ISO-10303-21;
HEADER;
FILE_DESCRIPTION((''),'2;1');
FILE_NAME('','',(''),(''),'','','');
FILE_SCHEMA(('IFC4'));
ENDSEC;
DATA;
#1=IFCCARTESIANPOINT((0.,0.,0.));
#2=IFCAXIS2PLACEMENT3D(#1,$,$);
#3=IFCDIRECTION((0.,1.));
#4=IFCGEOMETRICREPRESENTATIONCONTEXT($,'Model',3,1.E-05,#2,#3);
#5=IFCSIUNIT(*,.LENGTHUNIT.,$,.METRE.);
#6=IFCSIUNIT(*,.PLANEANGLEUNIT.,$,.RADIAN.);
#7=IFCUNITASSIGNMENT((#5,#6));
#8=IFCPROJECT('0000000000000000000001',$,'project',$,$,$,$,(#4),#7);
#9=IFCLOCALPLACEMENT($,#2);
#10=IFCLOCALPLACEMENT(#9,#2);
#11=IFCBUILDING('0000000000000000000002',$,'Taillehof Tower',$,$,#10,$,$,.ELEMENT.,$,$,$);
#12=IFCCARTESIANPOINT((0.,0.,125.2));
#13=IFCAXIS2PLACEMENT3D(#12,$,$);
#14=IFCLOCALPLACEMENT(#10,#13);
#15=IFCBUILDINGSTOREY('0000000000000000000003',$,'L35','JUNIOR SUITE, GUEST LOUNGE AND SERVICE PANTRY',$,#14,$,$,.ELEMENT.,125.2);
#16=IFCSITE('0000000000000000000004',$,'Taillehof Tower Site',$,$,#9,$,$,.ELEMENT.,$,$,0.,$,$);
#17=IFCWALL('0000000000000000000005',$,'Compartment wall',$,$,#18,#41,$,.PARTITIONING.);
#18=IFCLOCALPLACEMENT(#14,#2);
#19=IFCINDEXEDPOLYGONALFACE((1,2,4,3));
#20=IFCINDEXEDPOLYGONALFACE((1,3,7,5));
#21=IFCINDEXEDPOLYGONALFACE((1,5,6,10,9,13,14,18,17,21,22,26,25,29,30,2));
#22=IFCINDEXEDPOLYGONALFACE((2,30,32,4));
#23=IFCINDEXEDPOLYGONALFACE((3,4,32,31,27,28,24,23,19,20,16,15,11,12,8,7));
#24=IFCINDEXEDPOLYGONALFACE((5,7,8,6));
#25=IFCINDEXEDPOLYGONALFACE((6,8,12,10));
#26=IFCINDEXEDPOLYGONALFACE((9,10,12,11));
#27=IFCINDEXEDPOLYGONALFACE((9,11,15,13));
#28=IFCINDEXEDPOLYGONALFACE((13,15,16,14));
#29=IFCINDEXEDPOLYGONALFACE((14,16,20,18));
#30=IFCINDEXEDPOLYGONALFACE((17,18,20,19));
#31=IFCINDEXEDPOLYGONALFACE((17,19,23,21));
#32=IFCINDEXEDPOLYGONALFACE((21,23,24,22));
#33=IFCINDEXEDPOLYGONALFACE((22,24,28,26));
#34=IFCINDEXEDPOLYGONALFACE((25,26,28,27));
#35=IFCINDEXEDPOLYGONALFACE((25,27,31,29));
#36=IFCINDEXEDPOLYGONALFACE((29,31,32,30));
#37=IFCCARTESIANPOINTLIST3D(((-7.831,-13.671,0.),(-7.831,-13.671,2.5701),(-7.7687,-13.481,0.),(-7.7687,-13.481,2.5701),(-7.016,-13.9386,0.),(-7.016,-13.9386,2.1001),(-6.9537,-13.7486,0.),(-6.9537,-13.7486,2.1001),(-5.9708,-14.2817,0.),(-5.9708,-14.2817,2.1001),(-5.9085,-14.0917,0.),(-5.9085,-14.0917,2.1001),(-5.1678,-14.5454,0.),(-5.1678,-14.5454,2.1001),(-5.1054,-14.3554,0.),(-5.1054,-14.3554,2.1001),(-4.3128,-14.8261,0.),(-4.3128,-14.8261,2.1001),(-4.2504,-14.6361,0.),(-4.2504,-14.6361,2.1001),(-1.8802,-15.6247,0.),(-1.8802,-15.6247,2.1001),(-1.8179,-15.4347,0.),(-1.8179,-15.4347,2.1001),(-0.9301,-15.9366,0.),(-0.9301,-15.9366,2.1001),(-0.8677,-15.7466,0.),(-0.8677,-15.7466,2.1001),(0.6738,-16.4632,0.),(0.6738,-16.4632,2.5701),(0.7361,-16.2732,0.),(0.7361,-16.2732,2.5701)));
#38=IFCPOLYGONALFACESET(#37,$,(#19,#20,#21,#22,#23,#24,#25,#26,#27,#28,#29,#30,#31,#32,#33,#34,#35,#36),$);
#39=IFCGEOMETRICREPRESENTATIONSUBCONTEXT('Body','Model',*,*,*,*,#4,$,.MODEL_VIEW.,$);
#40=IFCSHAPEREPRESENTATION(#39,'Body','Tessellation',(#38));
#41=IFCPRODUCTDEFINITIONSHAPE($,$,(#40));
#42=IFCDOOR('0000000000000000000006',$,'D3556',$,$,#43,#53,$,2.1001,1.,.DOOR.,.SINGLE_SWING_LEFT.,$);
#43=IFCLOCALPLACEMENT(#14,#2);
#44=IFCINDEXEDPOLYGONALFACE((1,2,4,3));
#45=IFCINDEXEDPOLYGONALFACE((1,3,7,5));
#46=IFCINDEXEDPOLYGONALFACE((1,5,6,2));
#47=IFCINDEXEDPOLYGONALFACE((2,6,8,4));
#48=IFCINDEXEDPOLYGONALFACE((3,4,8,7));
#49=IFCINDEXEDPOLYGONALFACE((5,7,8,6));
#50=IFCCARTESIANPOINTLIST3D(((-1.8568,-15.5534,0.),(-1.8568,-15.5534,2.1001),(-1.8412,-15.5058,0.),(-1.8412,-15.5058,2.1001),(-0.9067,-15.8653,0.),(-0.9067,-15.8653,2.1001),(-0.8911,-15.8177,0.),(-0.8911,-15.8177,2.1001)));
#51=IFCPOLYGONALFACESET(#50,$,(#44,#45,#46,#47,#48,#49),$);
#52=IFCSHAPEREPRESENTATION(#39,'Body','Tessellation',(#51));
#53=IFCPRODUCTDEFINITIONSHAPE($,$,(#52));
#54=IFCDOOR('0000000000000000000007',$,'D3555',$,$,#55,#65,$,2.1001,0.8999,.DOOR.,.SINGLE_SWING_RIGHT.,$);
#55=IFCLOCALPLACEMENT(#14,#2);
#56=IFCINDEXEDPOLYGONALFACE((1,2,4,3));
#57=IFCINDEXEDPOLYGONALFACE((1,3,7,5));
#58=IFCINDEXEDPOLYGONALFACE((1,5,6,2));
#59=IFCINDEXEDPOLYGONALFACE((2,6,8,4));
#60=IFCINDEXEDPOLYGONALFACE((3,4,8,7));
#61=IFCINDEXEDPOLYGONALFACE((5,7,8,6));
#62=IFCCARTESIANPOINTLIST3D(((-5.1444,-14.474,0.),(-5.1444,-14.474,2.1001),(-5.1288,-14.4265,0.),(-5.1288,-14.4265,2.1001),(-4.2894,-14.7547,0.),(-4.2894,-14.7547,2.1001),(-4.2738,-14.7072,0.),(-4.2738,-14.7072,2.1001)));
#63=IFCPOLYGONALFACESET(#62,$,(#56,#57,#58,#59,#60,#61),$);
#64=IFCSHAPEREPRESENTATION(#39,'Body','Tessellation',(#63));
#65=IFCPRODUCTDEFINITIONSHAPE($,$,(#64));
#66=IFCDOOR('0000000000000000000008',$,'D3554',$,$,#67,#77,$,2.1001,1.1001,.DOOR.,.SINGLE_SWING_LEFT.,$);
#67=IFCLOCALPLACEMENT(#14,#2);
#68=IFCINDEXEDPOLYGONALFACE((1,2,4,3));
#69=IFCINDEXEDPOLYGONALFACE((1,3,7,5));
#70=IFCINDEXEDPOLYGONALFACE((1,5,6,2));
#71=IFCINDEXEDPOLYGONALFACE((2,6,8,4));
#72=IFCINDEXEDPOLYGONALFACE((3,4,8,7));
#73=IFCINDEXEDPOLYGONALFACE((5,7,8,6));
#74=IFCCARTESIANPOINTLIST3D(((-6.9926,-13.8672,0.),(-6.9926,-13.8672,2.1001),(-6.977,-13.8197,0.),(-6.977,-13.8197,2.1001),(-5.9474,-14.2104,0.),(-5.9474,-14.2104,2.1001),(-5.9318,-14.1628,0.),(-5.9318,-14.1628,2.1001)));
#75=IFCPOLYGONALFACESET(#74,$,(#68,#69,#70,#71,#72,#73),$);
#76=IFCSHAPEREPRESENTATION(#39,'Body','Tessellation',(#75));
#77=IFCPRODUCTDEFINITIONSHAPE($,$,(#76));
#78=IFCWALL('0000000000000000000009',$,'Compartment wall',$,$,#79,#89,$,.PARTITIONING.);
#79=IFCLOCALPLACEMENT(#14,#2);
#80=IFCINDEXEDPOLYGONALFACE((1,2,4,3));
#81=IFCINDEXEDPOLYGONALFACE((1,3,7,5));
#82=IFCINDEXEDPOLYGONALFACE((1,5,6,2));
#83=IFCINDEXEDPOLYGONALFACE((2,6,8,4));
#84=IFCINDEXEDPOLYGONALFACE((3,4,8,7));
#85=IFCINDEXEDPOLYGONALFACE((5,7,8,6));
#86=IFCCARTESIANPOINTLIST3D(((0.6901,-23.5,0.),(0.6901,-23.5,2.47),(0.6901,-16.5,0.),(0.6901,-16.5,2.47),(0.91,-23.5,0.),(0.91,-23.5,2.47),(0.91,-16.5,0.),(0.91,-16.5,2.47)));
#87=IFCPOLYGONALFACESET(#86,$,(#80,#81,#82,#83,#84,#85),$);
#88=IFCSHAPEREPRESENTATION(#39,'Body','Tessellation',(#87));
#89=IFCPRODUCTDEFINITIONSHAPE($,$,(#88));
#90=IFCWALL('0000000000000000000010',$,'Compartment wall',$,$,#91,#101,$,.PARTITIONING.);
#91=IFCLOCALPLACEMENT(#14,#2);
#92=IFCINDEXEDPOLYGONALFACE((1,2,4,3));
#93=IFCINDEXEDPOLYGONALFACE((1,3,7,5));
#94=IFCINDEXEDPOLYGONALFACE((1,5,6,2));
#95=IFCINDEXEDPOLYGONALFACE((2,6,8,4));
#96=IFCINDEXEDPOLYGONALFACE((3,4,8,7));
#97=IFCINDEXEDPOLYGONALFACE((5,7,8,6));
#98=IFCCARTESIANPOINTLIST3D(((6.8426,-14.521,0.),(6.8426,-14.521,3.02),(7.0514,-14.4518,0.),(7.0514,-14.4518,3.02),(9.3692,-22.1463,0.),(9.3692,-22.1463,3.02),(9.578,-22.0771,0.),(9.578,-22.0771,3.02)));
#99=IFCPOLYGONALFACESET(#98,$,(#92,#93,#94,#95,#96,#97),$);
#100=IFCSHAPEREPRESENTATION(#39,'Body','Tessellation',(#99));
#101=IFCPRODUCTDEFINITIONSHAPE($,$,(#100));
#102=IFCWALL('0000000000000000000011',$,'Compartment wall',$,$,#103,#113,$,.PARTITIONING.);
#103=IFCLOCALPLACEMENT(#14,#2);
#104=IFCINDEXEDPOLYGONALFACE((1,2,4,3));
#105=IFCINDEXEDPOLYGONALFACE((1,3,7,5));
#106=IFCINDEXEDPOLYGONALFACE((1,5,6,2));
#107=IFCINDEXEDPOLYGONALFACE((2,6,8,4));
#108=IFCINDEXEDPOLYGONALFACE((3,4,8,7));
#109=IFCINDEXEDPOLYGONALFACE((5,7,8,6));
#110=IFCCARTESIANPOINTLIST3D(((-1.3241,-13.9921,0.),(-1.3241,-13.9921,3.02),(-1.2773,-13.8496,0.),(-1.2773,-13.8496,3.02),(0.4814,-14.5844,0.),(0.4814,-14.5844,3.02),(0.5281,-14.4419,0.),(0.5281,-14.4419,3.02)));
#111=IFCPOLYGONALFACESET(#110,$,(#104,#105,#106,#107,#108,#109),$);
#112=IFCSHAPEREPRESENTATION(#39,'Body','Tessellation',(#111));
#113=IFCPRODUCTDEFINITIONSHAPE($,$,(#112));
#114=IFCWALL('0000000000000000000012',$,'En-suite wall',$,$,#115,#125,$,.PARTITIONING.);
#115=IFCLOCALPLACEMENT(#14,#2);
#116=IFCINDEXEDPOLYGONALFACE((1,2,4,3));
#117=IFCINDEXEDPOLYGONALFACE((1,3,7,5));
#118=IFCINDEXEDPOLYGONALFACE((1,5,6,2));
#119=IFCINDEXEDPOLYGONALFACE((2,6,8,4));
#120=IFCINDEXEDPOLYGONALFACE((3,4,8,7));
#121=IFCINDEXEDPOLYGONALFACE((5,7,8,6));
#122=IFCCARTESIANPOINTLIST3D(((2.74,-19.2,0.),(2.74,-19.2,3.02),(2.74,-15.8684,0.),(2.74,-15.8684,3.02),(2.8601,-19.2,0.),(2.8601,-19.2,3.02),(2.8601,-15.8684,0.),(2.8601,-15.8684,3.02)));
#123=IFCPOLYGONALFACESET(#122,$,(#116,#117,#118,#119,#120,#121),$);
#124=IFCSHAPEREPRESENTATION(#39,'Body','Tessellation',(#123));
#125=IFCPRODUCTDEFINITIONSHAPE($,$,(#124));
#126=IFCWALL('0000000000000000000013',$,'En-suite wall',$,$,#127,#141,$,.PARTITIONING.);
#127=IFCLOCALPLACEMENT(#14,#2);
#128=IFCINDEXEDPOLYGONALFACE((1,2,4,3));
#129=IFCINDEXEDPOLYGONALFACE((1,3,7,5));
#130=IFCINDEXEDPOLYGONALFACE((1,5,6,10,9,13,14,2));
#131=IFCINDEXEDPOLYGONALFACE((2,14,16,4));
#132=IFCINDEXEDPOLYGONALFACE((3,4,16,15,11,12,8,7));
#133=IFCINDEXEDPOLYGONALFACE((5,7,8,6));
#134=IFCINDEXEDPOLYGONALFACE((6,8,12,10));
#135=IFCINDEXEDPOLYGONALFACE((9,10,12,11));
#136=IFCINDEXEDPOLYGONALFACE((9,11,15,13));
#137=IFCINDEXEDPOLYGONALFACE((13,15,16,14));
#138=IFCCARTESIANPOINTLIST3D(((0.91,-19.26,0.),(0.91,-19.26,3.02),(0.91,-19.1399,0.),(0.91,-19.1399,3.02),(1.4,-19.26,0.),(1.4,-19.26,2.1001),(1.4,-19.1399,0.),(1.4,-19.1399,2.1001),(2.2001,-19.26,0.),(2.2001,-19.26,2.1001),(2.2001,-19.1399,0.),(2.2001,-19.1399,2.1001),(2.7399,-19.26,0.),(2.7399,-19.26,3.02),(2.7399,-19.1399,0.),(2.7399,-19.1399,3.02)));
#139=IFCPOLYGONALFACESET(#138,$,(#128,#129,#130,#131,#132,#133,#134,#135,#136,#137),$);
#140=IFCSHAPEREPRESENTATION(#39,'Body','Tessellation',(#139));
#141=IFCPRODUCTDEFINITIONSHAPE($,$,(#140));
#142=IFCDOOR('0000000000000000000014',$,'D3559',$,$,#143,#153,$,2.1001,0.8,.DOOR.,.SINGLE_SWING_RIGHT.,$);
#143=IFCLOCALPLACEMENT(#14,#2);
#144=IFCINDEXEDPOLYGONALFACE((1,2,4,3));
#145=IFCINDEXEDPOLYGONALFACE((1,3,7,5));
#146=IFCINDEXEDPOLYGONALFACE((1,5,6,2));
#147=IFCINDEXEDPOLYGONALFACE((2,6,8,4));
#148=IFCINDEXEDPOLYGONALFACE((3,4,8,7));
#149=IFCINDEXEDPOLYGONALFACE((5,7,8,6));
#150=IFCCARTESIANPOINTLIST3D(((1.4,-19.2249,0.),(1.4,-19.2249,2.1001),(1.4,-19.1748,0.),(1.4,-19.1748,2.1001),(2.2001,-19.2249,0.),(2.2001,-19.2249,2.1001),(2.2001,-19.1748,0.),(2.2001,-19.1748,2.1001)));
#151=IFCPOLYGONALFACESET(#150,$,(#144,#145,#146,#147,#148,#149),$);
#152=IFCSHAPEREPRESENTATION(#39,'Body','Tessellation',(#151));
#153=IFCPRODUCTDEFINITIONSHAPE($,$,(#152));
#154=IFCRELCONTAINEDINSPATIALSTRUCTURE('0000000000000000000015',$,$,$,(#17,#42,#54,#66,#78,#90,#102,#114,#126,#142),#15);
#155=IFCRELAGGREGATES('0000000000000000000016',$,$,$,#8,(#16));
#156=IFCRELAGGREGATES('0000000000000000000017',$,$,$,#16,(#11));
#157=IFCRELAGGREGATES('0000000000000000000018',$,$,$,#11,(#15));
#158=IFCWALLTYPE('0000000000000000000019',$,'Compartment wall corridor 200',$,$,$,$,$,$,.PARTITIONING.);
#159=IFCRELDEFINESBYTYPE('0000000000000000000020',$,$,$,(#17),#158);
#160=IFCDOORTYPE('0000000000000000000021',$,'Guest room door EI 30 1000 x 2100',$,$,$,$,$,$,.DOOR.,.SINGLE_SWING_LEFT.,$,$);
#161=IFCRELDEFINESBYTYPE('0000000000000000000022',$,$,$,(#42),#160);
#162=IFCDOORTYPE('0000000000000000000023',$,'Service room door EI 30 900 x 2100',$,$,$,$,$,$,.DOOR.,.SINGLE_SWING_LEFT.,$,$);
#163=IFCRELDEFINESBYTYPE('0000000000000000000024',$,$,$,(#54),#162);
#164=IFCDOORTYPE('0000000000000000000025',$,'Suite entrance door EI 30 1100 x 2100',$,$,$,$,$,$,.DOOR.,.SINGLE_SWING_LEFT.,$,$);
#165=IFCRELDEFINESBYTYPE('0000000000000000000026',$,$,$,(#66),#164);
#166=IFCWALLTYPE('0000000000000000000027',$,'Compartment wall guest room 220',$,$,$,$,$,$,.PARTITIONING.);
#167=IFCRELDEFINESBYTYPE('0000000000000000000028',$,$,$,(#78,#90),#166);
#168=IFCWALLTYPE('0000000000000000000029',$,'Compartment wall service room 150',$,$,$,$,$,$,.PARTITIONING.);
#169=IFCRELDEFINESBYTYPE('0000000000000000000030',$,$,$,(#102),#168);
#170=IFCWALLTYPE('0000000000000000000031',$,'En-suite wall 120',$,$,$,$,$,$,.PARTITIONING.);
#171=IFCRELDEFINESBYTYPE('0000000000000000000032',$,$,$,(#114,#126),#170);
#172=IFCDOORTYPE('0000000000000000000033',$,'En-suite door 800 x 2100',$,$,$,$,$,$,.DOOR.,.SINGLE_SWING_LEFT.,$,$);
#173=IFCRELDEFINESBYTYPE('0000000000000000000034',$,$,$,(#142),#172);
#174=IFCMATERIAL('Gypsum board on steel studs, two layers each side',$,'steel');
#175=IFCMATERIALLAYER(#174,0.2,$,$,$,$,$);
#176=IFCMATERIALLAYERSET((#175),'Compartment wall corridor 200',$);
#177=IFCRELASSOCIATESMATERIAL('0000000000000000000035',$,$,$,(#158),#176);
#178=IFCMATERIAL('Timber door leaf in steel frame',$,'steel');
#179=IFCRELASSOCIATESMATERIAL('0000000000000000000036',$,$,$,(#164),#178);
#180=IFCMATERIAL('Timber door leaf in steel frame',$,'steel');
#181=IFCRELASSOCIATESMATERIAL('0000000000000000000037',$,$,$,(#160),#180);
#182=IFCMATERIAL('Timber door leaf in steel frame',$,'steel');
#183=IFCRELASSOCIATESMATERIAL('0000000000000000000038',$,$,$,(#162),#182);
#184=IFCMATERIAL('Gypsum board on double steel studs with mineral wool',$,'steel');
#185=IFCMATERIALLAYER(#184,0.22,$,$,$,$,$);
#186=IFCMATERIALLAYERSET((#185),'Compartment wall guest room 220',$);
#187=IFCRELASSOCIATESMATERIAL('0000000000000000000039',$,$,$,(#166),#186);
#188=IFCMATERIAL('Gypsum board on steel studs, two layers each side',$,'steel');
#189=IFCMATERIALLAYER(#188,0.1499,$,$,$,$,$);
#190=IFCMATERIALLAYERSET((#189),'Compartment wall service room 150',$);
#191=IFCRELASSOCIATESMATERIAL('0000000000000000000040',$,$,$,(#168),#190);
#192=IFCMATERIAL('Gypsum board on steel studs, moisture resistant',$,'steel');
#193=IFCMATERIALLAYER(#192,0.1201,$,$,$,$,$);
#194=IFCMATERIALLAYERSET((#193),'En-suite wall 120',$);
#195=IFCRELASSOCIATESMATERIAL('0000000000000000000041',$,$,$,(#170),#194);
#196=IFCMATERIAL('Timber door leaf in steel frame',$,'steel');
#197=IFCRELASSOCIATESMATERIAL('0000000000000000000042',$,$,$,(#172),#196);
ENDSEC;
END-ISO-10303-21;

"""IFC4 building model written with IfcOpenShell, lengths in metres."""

from ifc_helpers import new_model, si_unit, direction, frame, frame_2d, origin, place, context, subcontext, project, spatial, rectangle, extrude, material, layer, layer_set, type_object, element, fill, save


model = new_model("IFC4")

# Units and contexts
model_context = context("Model", 3, precision=1e-05, world=origin(), true_north=direction((0.0, 1.0)))
body_context = subcontext(model_context, "Body", "Model", "MODEL_VIEW")
ifc_project = project(units=[si_unit("LENGTHUNIT", "METRE"), si_unit("PLANEANGLEUNIT", "RADIAN")], contexts=[model_context])

# Site, building, storey
site_placement = place(None, origin())
site = spatial("IfcSite", under=ifc_project, at=site_placement, Name="Taillehof Tower Site", CompositionType="ELEMENT", RefElevation=0.0)
building_placement = place(site_placement, origin())
building = spatial("IfcBuilding", under=site, at=building_placement, Name="Taillehof Tower", CompositionType="ELEMENT")
storey_placement = place(building_placement, frame((0.0, 0.0, 125.2)))
storey = spatial("IfcBuildingStorey", under=building, at=storey_placement, Name="L35", Description="JUNIOR SUITE, GUEST LOUNGE AND SERVICE PANTRY", CompositionType="ELEMENT", Elevation=125.2)

# Wall, openings, doors
ifc_material_1 = material(Name="Gypsum board on steel studs, two layers each side", Category="steel")
ifc_layer_1 = layer(ifc_material_1, 0.2)
ifc_layer_set_1 = layer_set([ifc_layer_1], Name="Compartment wall corridor 200")
wall_type_1 = type_object("IfcWallType", Name="Compartment wall corridor 200", PredefinedType="PARTITIONING", material=ifc_layer_set_1)
ifc_material_2 = material(Name="Timber door leaf in steel frame", Category="steel")
door_type_1 = type_object("IfcDoorType", Name="Suite entrance door EI 30 1100 x 2100", OperationType="SINGLE_SWING_LEFT", PredefinedType="DOOR", material=ifc_material_2)
wall_1_placement = place(storey_placement, frame((0.7048, -16.3682, 0.0), z_axis=(0.0, 0.0, 1.0), x_axis=(-0.950105, 0.311929, 0.0)))
wall_1 = element("IfcWall", 1, at=wall_1_placement, inside=storey, type_object=wall_type_1, Name="Compartment wall", PredefinedType="PARTITIONING", context=body_context, shape_type="SweptSolid", body=[
    extrude(rectangle(XDim=8.9514, YDim=0.2, at=frame_2d((4.4756, 0.0))), origin(), (0.0, 0.0, 1.0), 2.5701),
])
opening_1_placement = place(wall_1_placement, frame((6.9934, 0.0, 0.0)))
opening_1 = element("IfcOpeningElement", 2, at=opening_1_placement, cuts=wall_1, PredefinedType="OPENING", context=body_context, shape_type="SweptSolid", body=[
    extrude(rectangle(XDim=1.1001, YDim=2.1001, at=frame_2d((0.55, 1.05))), frame((0.0, 0.1099, 0.0), z_axis=(0.0, -1.0, 0.0), x_axis=(1.0, 0.0, 0.0)), (0.0, 0.0, 1.0), 0.22),
])
opening_2_placement = place(wall_1_placement, frame((5.2483, 0.0, 0.0)))
opening_2 = element("IfcOpeningElement", 3, at=opening_2_placement, cuts=wall_1, PredefinedType="OPENING", context=body_context, shape_type="SweptSolid", body=[
    extrude(rectangle(XDim=0.8999, YDim=2.1001, at=frame_2d((0.45, 1.05))), frame((0.0, 0.1099, 0.0), z_axis=(0.0, -1.0, 0.0), x_axis=(1.0, 0.0, 0.0)), (0.0, 0.0, 1.0), 0.22),
])
opening_3_placement = place(wall_1_placement, frame((1.688, 0.0, 0.0)))
opening_3 = element("IfcOpeningElement", 4, at=opening_3_placement, cuts=wall_1, PredefinedType="OPENING", context=body_context, shape_type="SweptSolid", body=[
    extrude(rectangle(XDim=1.0, YDim=2.1001, at=frame_2d((0.5, 1.05))), frame((0.0, 0.1099, 0.0), z_axis=(0.0, -1.0, 0.0), x_axis=(1.0, 0.0, 0.0)), (0.0, 0.0, 1.0), 0.22),
])
ifc_material_3 = material(Name="Timber door leaf in steel frame", Category="steel")
door_type_2 = type_object("IfcDoorType", Name="Guest room door EI 30 1000 x 2100", OperationType="SINGLE_SWING_LEFT", PredefinedType="DOOR", material=ifc_material_3)
door_1_placement = place(opening_3_placement, origin())
door_1 = element("IfcDoor", 5, at=door_1_placement, inside=storey, type_object=door_type_2, Name="D3556", OperationType="SINGLE_SWING_LEFT", OverallHeight=2.1001, OverallWidth=1.0, PredefinedType="DOOR", context=body_context, shape_type="SweptSolid", body=[
    extrude(rectangle(XDim=1.0, YDim=2.1001, at=frame_2d((0.5, 1.05))), frame((0.0, 0.0249, 0.0), z_axis=(0.0, -1.0, 0.0), x_axis=(1.0, 0.0, 0.0)), (0.0, 0.0, 1.0), 0.05),
])
fill(opening_3, door_1)
ifc_material_4 = material(Name="Timber door leaf in steel frame", Category="steel")
door_type_3 = type_object("IfcDoorType", Name="Service room door EI 30 900 x 2100", OperationType="SINGLE_SWING_LEFT", PredefinedType="DOOR", material=ifc_material_4)
door_2_placement = place(opening_2_placement, origin())
door_2 = element("IfcDoor", 6, at=door_2_placement, inside=storey, type_object=door_type_3, Name="D3555", OperationType="SINGLE_SWING_RIGHT", OverallHeight=2.1001, OverallWidth=0.8999, PredefinedType="DOOR", context=body_context, shape_type="SweptSolid", body=[
    extrude(rectangle(XDim=0.8999, YDim=2.1001, at=frame_2d((0.45, 1.05))), frame((0.0, 0.0249, 0.0), z_axis=(0.0, -1.0, 0.0), x_axis=(1.0, 0.0, 0.0)), (0.0, 0.0, 1.0), 0.05),
])
fill(opening_2, door_2)
door_3_placement = place(opening_1_placement, origin())
door_3 = element("IfcDoor", 7, at=door_3_placement, inside=storey, type_object=door_type_1, Name="D3554", OperationType="SINGLE_SWING_LEFT", OverallHeight=2.1001, OverallWidth=1.1001, PredefinedType="DOOR", context=body_context, shape_type="SweptSolid", body=[
    extrude(rectangle(XDim=1.1001, YDim=2.1001, at=frame_2d((0.55, 1.05))), frame((0.0, 0.0249, 0.0), z_axis=(0.0, -1.0, 0.0), x_axis=(1.0, 0.0, 0.0)), (0.0, 0.0, 1.0), 0.05),
])
fill(opening_1, door_3)

# Walls
ifc_material_5 = material(Name="Gypsum board on double steel studs with mineral wool", Category="steel")
ifc_layer_2 = layer(ifc_material_5, 0.22)
ifc_layer_set_2 = layer_set([ifc_layer_2], Name="Compartment wall guest room 220")
wall_type_2 = type_object("IfcWallType", Name="Compartment wall guest room 220", PredefinedType="PARTITIONING", material=ifc_layer_set_2)
wall_2_placement = place(storey_placement, frame((0.8, -23.5, 0.0), z_axis=(0.0, 0.0, 1.0), x_axis=(0.0, 1.0, 0.0)))
element("IfcWall", 8, at=wall_2_placement, inside=storey, type_object=wall_type_2, Name="Compartment wall", PredefinedType="PARTITIONING", context=body_context, shape_type="SweptSolid", body=[
    extrude(rectangle(XDim=7.0, YDim=0.22, at=frame_2d((3.5, 0.0))), origin(), (0.0, 0.0, 1.0), 2.47),
])
wall_3_placement = place(storey_placement, frame((9.4736, -22.1118, 0.0), z_axis=(0.0, 0.0, 1.0), x_axis=(-0.314531, 0.949247, 0.0)))
element("IfcWall", 9, at=wall_3_placement, inside=storey, type_object=wall_type_2, Name="Compartment wall", PredefinedType="PARTITIONING", context=body_context, shape_type="SweptSolid", body=[
    extrude(rectangle(XDim=8.033, YDim=0.22, at=frame_2d((4.0166, 0.0))), origin(), (0.0, 0.0, 1.0), 3.02),
])
ifc_material_6 = material(Name="Gypsum board on steel studs, two layers each side", Category="steel")
ifc_layer_3 = layer(ifc_material_6, 0.1499)
ifc_layer_set_3 = layer_set([ifc_layer_3], Name="Compartment wall service room 150")
wall_type_3 = type_object("IfcWallType", Name="Compartment wall service room 150", PredefinedType="PARTITIONING", material=ifc_layer_set_3)
wall_4_placement = place(storey_placement, frame((0.5049, -14.5132, 0.0), z_axis=(0.0, 0.0, 1.0), x_axis=(-0.950176, 0.311714, 0.0)))
element("IfcWall", 10, at=wall_4_placement, inside=storey, type_object=wall_type_3, Name="Compartment wall", PredefinedType="PARTITIONING", context=body_context, shape_type="SweptSolid", body=[
    extrude(rectangle(XDim=1.9001, YDim=0.1499, at=frame_2d((0.9502, 0.0))), origin(), (0.0, 0.0, 1.0), 3.02),
])
ifc_material_7 = material(Name="Gypsum board on steel studs, moisture resistant", Category="steel")
ifc_layer_4 = layer(ifc_material_7, 0.1201)
ifc_layer_set_4 = layer_set([ifc_layer_4], Name="En-suite wall 120")
wall_type_4 = type_object("IfcWallType", Name="En-suite wall 120", PredefinedType="PARTITIONING", material=ifc_layer_set_4)
wall_5_placement = place(storey_placement, frame((2.8, -15.8684, 0.0), z_axis=(0.0, 0.0, 1.0), x_axis=(0.0, -1.0, 0.0)))
element("IfcWall", 11, at=wall_5_placement, inside=storey, type_object=wall_type_4, Name="En-suite wall", PredefinedType="PARTITIONING", context=body_context, shape_type="SweptSolid", body=[
    extrude(rectangle(XDim=3.3315, YDim=0.1201, at=frame_2d((1.6658, 0.0))), origin(), (0.0, 0.0, 1.0), 3.02),
])

# Wall, opening, door
wall_6_placement = place(storey_placement, frame((2.74, -19.2, 0.0), z_axis=(0.0, 0.0, 1.0), x_axis=(-1.0, 0.0, 0.0)))
wall_6 = element("IfcWall", 12, at=wall_6_placement, inside=storey, type_object=wall_type_4, Name="En-suite wall", PredefinedType="PARTITIONING", context=body_context, shape_type="SweptSolid", body=[
    extrude(rectangle(XDim=1.8298, YDim=0.1201, at=frame_2d((0.915, 0.0))), origin(), (0.0, 0.0, 1.0), 3.02),
])
opening_4_placement = place(wall_6_placement, frame((0.54, 0.0, 0.0)))
opening_4 = element("IfcOpeningElement", 13, at=opening_4_placement, cuts=wall_6, PredefinedType="OPENING", context=body_context, shape_type="SweptSolid", body=[
    extrude(rectangle(XDim=0.8, YDim=2.1001, at=frame_2d((0.3999, 1.05))), frame((0.0, 0.0701, 0.0), z_axis=(0.0, -1.0, 0.0), x_axis=(1.0, 0.0, 0.0)), (0.0, 0.0, 1.0), 0.1401),
])
ifc_material_8 = material(Name="Timber door leaf in steel frame", Category="steel")
door_type_4 = type_object("IfcDoorType", Name="En-suite door 800 x 2100", OperationType="SINGLE_SWING_LEFT", PredefinedType="DOOR", material=ifc_material_8)
door_4_placement = place(opening_4_placement, origin())
door_4 = element("IfcDoor", 14, at=door_4_placement, inside=storey, type_object=door_type_4, Name="D3559", OperationType="SINGLE_SWING_RIGHT", OverallHeight=2.1001, OverallWidth=0.8, PredefinedType="DOOR", context=body_context, shape_type="SweptSolid", body=[
    extrude(rectangle(XDim=0.8, YDim=2.1001, at=frame_2d((0.3999, 1.05))), frame((0.0, 0.0249, 0.0), z_axis=(0.0, -1.0, 0.0), x_axis=(1.0, 0.0, 0.0)), (0.0, 0.0, 1.0), 0.05),
])
fill(opening_4, door_4)

save(model, "model.ifc")
